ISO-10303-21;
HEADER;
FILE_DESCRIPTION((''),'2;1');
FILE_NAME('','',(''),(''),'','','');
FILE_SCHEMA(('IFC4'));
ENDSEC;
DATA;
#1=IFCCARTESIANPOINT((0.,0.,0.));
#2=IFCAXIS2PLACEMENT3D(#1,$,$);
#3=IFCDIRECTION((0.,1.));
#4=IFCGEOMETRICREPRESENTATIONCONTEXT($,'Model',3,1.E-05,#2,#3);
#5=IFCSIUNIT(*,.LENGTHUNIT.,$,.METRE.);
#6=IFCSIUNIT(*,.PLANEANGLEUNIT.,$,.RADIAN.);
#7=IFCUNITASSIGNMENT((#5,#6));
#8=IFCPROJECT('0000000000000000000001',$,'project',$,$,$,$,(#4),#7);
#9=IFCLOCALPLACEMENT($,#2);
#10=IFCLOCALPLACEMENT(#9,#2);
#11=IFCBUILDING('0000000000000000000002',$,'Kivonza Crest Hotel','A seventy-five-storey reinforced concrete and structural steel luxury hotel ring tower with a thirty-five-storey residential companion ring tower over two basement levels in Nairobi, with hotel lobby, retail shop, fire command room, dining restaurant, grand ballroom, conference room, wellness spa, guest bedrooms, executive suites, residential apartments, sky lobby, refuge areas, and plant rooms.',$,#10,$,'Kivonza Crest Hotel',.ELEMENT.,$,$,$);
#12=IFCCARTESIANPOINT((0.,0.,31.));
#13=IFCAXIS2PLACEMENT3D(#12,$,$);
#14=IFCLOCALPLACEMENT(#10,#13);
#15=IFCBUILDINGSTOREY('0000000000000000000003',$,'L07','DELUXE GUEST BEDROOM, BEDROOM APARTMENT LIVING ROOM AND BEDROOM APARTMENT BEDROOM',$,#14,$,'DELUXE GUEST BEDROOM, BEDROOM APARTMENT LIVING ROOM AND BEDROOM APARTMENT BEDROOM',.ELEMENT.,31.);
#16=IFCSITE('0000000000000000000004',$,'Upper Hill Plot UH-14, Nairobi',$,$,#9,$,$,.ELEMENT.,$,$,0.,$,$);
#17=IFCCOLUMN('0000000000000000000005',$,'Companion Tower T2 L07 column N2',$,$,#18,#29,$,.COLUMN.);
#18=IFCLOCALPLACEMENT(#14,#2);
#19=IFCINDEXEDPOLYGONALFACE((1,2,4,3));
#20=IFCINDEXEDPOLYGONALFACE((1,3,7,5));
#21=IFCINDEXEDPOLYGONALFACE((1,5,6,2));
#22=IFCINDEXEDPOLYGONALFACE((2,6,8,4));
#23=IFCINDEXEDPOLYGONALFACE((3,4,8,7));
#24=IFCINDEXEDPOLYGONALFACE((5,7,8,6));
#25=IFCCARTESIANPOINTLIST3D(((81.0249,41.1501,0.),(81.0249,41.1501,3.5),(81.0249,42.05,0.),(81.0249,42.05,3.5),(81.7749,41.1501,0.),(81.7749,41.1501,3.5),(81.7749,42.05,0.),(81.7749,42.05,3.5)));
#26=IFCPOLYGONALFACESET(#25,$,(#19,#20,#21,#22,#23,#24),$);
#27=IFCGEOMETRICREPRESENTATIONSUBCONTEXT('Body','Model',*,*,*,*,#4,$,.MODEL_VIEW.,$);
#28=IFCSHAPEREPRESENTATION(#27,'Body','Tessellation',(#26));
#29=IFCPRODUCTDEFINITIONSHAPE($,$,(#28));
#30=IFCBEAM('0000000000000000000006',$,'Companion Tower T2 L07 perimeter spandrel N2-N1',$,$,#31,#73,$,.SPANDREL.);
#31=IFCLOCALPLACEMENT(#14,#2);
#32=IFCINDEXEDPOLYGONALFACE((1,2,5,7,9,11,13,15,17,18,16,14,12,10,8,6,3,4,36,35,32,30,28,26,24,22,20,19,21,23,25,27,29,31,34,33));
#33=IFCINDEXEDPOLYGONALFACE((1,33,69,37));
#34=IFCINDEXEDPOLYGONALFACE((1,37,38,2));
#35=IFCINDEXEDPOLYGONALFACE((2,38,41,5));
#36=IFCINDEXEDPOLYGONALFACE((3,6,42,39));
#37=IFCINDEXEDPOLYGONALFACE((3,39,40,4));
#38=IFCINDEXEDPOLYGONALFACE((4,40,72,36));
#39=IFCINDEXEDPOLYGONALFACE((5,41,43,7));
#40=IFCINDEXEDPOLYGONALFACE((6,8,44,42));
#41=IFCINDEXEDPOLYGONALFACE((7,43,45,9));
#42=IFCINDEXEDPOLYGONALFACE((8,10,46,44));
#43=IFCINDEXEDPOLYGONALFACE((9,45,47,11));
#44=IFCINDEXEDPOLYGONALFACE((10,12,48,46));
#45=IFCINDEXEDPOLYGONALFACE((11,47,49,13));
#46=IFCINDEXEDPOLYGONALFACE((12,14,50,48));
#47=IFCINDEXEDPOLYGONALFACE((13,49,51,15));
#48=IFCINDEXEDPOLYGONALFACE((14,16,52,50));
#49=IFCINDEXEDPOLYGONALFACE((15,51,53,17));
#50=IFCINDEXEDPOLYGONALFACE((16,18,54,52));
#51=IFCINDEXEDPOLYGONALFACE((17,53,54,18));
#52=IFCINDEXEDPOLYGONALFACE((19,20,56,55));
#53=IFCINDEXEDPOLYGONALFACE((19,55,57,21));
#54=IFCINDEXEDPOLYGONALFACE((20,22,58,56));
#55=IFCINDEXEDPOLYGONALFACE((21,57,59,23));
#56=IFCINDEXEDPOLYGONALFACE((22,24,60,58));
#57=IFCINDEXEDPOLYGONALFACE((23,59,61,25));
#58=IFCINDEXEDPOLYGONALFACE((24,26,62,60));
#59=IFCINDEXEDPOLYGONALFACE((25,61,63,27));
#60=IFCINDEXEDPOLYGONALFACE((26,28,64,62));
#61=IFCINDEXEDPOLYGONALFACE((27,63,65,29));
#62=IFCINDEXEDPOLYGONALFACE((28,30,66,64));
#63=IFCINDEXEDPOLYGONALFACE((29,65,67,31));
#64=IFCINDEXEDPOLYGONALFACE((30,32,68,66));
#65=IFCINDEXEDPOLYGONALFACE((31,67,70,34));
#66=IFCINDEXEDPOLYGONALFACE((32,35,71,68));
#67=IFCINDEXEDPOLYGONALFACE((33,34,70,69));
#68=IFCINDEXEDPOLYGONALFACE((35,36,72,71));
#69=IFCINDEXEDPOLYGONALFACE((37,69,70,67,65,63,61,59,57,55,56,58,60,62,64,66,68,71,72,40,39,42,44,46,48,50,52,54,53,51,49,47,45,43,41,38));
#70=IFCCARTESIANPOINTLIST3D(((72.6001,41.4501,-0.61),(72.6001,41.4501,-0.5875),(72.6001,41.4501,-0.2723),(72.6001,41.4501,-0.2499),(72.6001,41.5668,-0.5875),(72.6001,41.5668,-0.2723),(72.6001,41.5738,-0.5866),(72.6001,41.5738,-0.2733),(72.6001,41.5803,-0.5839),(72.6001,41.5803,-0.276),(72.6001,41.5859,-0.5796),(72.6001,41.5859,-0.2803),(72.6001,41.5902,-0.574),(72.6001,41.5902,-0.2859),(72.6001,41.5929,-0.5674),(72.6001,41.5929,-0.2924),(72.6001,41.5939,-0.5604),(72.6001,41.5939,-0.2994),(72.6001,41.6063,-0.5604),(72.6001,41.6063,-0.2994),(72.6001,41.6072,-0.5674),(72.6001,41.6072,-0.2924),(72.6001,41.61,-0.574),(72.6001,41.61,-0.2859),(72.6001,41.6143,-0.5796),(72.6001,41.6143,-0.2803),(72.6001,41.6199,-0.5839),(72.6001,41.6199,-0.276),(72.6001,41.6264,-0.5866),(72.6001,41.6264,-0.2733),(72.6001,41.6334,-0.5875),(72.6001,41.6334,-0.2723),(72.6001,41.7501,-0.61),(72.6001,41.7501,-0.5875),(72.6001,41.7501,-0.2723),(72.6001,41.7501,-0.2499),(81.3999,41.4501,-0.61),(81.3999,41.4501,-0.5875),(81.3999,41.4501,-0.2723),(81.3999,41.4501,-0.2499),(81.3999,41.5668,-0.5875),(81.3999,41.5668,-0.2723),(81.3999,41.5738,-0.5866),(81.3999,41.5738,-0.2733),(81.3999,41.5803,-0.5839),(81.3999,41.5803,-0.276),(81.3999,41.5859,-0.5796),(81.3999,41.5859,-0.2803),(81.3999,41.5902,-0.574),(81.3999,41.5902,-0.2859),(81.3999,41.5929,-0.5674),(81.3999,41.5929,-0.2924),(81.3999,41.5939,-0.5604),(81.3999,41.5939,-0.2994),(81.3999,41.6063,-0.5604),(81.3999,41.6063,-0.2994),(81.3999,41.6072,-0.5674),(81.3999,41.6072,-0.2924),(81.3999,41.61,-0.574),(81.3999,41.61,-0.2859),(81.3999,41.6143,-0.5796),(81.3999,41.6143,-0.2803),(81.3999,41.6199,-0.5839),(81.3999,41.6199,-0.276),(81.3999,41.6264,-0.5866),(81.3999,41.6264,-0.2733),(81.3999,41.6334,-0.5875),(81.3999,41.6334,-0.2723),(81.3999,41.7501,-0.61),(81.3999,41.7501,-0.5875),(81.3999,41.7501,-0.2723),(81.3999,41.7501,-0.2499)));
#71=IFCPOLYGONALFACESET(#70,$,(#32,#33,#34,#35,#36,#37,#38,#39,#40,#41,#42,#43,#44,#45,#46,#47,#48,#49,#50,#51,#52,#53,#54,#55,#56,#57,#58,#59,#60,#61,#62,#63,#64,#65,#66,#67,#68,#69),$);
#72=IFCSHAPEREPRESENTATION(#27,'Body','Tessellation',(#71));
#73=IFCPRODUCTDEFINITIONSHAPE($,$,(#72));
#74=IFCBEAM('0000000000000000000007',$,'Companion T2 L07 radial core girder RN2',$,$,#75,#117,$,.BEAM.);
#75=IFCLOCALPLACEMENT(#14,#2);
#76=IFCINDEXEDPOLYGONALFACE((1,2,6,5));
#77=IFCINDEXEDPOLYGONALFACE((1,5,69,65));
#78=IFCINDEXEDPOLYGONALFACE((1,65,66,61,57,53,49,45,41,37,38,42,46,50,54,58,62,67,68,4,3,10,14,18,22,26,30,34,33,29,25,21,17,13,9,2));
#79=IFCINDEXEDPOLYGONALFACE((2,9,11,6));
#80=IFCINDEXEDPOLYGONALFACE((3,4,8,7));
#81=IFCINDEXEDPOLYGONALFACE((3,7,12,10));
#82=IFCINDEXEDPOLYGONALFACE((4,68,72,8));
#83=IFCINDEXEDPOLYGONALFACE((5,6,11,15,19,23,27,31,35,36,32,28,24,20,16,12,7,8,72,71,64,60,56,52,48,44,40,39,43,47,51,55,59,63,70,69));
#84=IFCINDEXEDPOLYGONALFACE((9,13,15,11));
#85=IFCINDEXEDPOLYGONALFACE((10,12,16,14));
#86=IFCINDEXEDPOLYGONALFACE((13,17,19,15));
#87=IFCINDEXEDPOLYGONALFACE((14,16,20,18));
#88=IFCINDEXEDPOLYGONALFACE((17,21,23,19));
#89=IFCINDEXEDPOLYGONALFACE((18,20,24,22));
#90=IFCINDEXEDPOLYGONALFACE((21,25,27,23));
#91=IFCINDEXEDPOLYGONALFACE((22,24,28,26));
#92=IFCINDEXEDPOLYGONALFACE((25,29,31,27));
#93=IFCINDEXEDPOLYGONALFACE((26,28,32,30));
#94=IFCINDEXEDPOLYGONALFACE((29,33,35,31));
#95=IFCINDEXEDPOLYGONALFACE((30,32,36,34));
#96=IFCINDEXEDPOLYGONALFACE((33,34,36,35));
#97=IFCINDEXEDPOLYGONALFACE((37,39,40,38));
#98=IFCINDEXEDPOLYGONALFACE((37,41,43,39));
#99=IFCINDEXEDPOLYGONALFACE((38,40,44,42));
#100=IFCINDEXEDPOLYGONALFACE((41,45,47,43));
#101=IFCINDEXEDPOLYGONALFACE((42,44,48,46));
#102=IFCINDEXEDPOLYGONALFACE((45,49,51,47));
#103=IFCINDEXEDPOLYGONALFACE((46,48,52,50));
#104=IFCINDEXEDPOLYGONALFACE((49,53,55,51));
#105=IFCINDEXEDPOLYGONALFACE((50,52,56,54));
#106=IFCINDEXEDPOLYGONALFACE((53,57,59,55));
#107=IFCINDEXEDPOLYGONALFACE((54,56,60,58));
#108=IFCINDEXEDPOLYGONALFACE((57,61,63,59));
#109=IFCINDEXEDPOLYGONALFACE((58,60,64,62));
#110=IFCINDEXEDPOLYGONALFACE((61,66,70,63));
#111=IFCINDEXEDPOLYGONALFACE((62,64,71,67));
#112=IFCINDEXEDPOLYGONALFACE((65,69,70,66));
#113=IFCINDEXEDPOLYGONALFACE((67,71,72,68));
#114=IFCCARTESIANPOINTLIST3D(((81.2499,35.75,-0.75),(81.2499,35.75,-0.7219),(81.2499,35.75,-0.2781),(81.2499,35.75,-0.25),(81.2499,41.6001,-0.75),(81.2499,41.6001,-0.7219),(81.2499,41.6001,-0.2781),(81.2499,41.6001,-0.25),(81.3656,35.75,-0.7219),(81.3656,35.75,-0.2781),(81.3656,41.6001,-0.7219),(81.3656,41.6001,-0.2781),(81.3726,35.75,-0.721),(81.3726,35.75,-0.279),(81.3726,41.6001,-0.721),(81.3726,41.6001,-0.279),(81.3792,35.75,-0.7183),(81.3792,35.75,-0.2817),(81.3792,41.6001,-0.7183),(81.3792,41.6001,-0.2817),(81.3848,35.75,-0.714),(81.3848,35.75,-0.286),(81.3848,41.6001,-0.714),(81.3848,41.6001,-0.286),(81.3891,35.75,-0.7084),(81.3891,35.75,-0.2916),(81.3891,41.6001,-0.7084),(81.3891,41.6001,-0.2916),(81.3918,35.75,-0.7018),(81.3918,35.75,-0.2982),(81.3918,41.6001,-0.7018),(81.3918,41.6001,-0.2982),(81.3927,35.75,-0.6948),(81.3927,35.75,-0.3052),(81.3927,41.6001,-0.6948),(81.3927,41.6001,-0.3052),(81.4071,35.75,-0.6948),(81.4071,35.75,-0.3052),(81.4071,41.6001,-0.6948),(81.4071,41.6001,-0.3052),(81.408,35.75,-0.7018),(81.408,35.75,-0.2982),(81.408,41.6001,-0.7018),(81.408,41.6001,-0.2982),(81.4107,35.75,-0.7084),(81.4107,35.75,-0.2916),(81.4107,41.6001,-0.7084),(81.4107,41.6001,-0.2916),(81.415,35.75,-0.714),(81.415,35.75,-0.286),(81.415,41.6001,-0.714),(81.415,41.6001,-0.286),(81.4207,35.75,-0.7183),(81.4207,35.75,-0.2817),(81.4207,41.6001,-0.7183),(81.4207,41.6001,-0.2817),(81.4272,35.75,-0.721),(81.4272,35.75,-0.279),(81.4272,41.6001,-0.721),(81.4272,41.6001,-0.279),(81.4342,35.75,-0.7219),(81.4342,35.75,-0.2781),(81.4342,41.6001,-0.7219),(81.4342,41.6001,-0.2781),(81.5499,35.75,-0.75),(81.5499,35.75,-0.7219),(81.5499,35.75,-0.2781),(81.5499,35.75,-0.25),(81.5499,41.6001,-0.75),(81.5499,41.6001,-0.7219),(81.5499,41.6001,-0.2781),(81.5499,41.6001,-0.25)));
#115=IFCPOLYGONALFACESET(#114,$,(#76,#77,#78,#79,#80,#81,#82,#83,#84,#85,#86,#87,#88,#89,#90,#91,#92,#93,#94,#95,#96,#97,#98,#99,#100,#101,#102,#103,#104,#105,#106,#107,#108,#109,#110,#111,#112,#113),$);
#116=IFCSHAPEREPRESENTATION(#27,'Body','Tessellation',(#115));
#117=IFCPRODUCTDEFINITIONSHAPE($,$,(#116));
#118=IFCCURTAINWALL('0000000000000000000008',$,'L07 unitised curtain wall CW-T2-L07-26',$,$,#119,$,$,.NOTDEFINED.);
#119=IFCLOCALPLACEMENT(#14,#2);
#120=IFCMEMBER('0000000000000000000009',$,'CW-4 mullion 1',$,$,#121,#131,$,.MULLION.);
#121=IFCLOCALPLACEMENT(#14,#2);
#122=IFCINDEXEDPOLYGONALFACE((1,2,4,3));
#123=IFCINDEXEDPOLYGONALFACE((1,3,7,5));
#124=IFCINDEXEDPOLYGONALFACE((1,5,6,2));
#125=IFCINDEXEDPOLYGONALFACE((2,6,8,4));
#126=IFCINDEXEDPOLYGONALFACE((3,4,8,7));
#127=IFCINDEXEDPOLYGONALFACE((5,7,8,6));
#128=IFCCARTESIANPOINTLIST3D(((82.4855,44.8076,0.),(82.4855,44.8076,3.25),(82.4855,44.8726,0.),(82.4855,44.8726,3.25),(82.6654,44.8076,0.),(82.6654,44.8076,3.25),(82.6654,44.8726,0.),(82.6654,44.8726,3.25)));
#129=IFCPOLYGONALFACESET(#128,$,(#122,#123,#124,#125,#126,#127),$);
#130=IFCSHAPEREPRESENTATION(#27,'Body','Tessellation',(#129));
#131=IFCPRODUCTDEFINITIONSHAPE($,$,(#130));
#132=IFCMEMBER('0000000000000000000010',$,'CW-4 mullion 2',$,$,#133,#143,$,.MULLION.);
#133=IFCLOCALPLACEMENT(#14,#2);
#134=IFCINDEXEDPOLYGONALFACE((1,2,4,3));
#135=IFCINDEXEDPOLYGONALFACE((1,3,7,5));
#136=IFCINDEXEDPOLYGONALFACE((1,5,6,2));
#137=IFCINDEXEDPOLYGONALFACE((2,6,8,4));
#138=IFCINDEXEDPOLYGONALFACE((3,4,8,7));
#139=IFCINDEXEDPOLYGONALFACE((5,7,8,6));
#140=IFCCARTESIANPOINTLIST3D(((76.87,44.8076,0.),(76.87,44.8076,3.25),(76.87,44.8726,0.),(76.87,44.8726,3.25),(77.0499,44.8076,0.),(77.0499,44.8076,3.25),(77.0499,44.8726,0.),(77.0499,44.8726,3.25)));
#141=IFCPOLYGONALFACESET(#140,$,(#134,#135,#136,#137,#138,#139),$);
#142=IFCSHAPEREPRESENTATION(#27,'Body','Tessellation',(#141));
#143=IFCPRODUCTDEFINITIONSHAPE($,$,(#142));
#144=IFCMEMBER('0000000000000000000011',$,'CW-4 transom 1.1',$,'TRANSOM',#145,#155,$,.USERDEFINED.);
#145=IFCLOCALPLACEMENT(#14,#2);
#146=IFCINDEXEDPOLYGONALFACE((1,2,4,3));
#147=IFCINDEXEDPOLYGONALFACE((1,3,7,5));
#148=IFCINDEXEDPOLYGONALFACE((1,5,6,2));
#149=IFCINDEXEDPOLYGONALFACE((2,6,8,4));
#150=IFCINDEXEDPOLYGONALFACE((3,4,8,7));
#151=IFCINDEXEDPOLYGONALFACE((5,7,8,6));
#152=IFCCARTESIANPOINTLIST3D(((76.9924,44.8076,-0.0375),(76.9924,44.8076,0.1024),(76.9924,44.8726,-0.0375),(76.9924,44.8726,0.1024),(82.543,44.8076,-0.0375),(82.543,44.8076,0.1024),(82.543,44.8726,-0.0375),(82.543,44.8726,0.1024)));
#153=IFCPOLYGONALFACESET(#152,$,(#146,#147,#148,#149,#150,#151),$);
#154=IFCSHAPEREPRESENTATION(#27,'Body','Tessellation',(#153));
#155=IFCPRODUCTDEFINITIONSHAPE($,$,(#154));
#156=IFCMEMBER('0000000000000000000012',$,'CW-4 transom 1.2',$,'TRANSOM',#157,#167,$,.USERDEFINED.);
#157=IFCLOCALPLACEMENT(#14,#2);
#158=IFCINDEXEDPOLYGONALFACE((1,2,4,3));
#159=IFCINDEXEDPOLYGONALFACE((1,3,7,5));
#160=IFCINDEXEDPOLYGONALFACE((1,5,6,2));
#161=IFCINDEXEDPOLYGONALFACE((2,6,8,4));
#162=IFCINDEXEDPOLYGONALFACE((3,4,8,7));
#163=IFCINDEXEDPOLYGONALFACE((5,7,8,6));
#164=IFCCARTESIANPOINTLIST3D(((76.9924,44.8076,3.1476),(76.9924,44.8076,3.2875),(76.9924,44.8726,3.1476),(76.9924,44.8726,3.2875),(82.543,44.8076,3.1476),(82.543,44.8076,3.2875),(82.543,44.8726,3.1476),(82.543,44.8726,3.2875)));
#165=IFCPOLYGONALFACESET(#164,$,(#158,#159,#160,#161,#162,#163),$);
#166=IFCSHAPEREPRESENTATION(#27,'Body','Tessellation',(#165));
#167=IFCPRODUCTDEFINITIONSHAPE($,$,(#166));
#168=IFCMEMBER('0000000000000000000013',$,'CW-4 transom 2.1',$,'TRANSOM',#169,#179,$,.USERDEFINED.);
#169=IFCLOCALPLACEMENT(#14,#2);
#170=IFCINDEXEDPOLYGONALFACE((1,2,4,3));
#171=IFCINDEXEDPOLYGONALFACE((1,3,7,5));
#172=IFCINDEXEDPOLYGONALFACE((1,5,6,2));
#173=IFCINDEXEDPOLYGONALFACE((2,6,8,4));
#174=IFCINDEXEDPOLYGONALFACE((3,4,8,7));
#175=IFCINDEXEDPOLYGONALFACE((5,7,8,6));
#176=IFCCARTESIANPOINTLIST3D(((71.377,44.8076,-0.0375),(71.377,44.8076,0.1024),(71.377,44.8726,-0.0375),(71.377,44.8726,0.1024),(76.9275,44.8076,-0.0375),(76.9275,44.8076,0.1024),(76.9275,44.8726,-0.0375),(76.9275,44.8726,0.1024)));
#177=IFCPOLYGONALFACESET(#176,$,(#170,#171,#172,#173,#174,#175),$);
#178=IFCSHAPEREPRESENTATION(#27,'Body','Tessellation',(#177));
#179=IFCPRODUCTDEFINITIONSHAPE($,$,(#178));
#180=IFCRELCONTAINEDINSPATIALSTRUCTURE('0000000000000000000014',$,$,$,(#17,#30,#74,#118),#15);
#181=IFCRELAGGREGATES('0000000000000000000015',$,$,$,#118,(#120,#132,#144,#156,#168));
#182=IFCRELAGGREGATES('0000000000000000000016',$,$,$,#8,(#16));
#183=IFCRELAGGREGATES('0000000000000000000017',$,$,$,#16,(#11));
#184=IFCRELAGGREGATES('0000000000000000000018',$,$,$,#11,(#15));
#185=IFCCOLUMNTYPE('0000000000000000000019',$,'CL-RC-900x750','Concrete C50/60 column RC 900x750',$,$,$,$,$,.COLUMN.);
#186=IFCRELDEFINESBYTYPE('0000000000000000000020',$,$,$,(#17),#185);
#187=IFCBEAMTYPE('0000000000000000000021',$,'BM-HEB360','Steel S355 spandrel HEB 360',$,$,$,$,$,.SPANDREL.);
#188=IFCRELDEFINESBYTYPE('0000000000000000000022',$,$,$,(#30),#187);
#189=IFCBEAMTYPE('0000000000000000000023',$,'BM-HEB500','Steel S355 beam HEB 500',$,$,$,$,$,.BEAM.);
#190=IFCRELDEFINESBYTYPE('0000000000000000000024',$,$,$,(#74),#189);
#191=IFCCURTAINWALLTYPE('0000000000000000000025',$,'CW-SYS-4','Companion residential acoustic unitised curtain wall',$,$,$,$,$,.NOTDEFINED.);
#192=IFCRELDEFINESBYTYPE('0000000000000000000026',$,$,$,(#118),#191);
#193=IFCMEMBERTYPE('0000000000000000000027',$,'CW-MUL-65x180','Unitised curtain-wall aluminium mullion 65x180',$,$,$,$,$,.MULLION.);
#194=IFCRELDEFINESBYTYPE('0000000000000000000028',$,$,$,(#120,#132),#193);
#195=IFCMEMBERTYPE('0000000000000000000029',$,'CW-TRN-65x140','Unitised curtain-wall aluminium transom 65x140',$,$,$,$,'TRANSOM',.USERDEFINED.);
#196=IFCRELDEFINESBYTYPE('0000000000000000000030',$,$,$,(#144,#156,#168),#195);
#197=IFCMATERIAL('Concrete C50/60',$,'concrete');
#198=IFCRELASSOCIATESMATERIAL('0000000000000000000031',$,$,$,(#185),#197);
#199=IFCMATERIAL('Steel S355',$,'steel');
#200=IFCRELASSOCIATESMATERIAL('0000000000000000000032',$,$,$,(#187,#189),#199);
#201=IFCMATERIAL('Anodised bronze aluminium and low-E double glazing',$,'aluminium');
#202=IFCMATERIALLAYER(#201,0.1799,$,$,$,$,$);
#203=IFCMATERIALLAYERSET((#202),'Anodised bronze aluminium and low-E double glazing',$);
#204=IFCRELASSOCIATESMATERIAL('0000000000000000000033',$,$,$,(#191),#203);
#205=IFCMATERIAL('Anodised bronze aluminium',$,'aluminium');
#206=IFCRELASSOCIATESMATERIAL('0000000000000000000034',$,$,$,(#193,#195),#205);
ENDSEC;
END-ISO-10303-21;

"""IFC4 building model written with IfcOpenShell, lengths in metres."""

from ifc_helpers import new_model, si_unit, direction, frame, origin, origin_2d, place, context, subcontext, project, spatial, rectangle, i_section, extrude, material, layer, layer_set, material_profile, profile_set, type_object, element, aggregate, save


model = new_model("IFC4")

# Units and contexts
model_context = context("Model", 3, precision=1e-05, world=origin(), true_north=direction((0.0, 1.0)))
body_context = subcontext(model_context, "Body", "Model", "MODEL_VIEW")
ifc_project = project(units=[si_unit("LENGTHUNIT", "METRE"), si_unit("PLANEANGLEUNIT", "RADIAN")], contexts=[model_context])

# Site, building, storey
site_placement = place(None, origin())
site = spatial("IfcSite", under=ifc_project, at=site_placement, Name="Upper Hill Plot UH-14, Nairobi", CompositionType="ELEMENT", RefElevation=0.0)
building_placement = place(site_placement, origin())
building = spatial("IfcBuilding", under=site, at=building_placement, Name="Kivonza Crest Hotel", Description="A seventy-five-storey reinforced concrete and structural steel luxury hotel ring tower with a thirty-five-storey residential companion ring tower over two basement levels in Nairobi, with hotel lobby, retail shop, fire command room, dining restaurant, grand ballroom, conference room, wellness spa, guest bedrooms, executive suites, residential apartments, sky lobby, refuge areas, and plant rooms.", LongName="Kivonza Crest Hotel", CompositionType="ELEMENT")
storey_placement = place(building_placement, frame((0.0, 0.0, 31.0)))
storey = spatial("IfcBuildingStorey", under=building, at=storey_placement, Name="L07", Description="DELUXE GUEST BEDROOM, BEDROOM APARTMENT LIVING ROOM AND BEDROOM APARTMENT BEDROOM", LongName="DELUXE GUEST BEDROOM, BEDROOM APARTMENT LIVING ROOM AND BEDROOM APARTMENT BEDROOM", CompositionType="ELEMENT", Elevation=31.0)

# Column
ifc_material_1 = material(Name="Concrete C50/60", Category="concrete")
ifc_material_profile_1 = material_profile(ifc_material_1, rectangle(XDim=0.75, YDim=0.8999, at=origin_2d()), Name="RC 900x750")
ifc_profile_set_1 = profile_set([ifc_material_profile_1], Name="Concrete C50/60")
column_type = type_object("IfcColumnType", Name="CL-RC-900x750", Description="Concrete C50/60 column RC 900x750", PredefinedType="COLUMN", material=ifc_profile_set_1)
column_placement = place(storey_placement, frame((81.3999, 41.6001, 0.0), z_axis=(0.0, 0.0, 1.0), x_axis=(1.0, 0.0, 0.0)))
element("IfcColumn", 1, at=column_placement, inside=storey, type_object=column_type, Name="Companion Tower T2 L07 column N2", PredefinedType="COLUMN", context=body_context, shape_type="SweptSolid", body=[
    extrude(rectangle(XDim=0.75, YDim=0.8999, at=origin_2d()), origin(), (0.0, 0.0, 1.0), 3.5),
])

# Beams
ifc_material_2 = material(Name="Steel S355", Category="steel")
ifc_material_profile_2 = material_profile(ifc_material_2, i_section(OverallWidth=0.3, OverallDepth=0.3601, WebThickness=0.0125, FlangeThickness=0.0225, FilletRadius=0.0271, at=origin_2d()), Name="HEB 360")
ifc_profile_set_2 = profile_set([ifc_material_profile_2], Name="Steel S355")
beam_type_1 = type_object("IfcBeamType", Name="BM-HEB360", Description="Steel S355 spandrel HEB 360", PredefinedType="SPANDREL", material=ifc_profile_set_2)
beam_1_placement = place(storey_placement, frame((81.3999, 41.6001, -0.4299), z_axis=(-1.0, 0.0, 0.0), x_axis=(0.0, -1.0, 0.0)))
element("IfcBeam", 2, at=beam_1_placement, inside=storey, type_object=beam_type_1, Name="Companion Tower T2 L07 perimeter spandrel N2-N1", PredefinedType="SPANDREL", context=body_context, shape_type="SweptSolid", body=[
    extrude(i_section(OverallWidth=0.3, OverallDepth=0.3601, WebThickness=0.0125, FlangeThickness=0.0225, FilletRadius=0.0271, at=origin_2d()), origin(), (0.0, 0.0, 1.0), 8.7998),
])
ifc_material_profile_3 = material_profile(ifc_material_2, i_section(OverallWidth=0.3, OverallDepth=0.5, WebThickness=0.0144, FlangeThickness=0.0281, FilletRadius=0.0271, at=origin_2d()), Name="HEB 500")
ifc_profile_set_3 = profile_set([ifc_material_profile_3], Name="Steel S355")
beam_type_2 = type_object("IfcBeamType", Name="BM-HEB500", Description="Steel S355 beam HEB 500", PredefinedType="BEAM", material=ifc_profile_set_3)
beam_2_placement = place(storey_placement, frame((81.3999, 41.6001, -0.5), z_axis=(0.0, -1.0, 0.0), x_axis=(1.0, 0.0, 0.0)))
element("IfcBeam", 3, at=beam_2_placement, inside=storey, type_object=beam_type_2, Name="Companion T2 L07 radial core girder RN2", PredefinedType="BEAM", context=body_context, shape_type="SweptSolid", body=[
    extrude(i_section(OverallWidth=0.3, OverallDepth=0.5, WebThickness=0.0144, FlangeThickness=0.0281, FilletRadius=0.0271, at=origin_2d()), origin(), (0.0, 0.0, 1.0), 5.8501),
])

# Curtain wall, members
ifc_material_3 = material(Name="Anodised bronze aluminium and low-E double glazing", Category="aluminium")
ifc_layer_1 = layer(ifc_material_3, 0.1799)
ifc_layer_set_1 = layer_set([ifc_layer_1], Name="Anodised bronze aluminium and low-E double glazing")
curtain_wall_type = type_object("IfcCurtainWallType", Name="CW-SYS-4", Description="Companion residential acoustic unitised curtain wall", PredefinedType="NOTDEFINED", material=ifc_layer_set_1)
curtain_wall_placement = place(storey_placement, origin())
curtain_wall = element("IfcCurtainWall", 4, at=curtain_wall_placement, inside=storey, type_object=curtain_wall_type, Name="L07 unitised curtain wall CW-T2-L07-26", PredefinedType="NOTDEFINED")
ifc_material_4 = material(Name="Anodised bronze aluminium", Category="aluminium")
ifc_material_profile_4 = material_profile(ifc_material_4, rectangle(XDim=0.0649, YDim=0.1799, at=origin_2d()), Name="CW-M 65x180")
ifc_profile_set_4 = profile_set([ifc_material_profile_4], Name="Anodised bronze aluminium")
member_type_1 = type_object("IfcMemberType", Name="CW-MUL-65x180", Description="Unitised curtain-wall aluminium mullion 65x180", PredefinedType="MULLION", material=ifc_profile_set_4)
member_1_placement = place(storey_placement, frame((82.5754, 44.8401, 0.0), z_axis=(0.0, 0.0, 1.0), x_axis=(0.0, -1.0, 0.0)))
member_1 = element("IfcMember", 5, at=member_1_placement, type_object=member_type_1, Name="CW-4 mullion 1", PredefinedType="MULLION", context=body_context, shape_type="SweptSolid", body=[
    extrude(rectangle(XDim=0.0649, YDim=0.1799, at=origin_2d()), origin(), (0.0, 0.0, 1.0), 3.25),
])
member_2_placement = place(storey_placement, frame((76.96, 44.8401, 0.0), z_axis=(0.0, 0.0, 1.0), x_axis=(0.0, -1.0, 0.0)))
member_2 = element("IfcMember", 6, at=member_2_placement, type_object=member_type_1, Name="CW-4 mullion 2", PredefinedType="MULLION", context=body_context, shape_type="SweptSolid", body=[
    extrude(rectangle(XDim=0.0649, YDim=0.1799, at=origin_2d()), origin(), (0.0, 0.0, 1.0), 3.25),
])
ifc_material_profile_5 = material_profile(ifc_material_4, rectangle(XDim=0.0649, YDim=0.1399, at=origin_2d()), Name="CW-T 65x140")
ifc_profile_set_5 = profile_set([ifc_material_profile_5], Name="Anodised bronze aluminium")
member_type_2 = type_object("IfcMemberType", Name="CW-TRN-65x140", Description="Unitised curtain-wall aluminium transom 65x140", ElementType="TRANSOM", PredefinedType="USERDEFINED", material=ifc_profile_set_5)
member_3_placement = place(storey_placement, frame((82.543, 44.8401, 0.0325), z_axis=(-1.0, 0.0, 0.0), x_axis=(0.0, -1.0, 0.0)))
member_3 = element("IfcMember", 7, at=member_3_placement, type_object=member_type_2, Name="CW-4 transom 1.1", ObjectType="TRANSOM", PredefinedType="USERDEFINED", context=body_context, shape_type="SweptSolid", body=[
    extrude(rectangle(XDim=0.0649, YDim=0.1399, at=origin_2d()), origin(), (0.0, 0.0, 1.0), 5.5505),
])
member_4_placement = place(storey_placement, frame((82.543, 44.8401, 3.2175), z_axis=(-1.0, 0.0, 0.0), x_axis=(0.0, -1.0, 0.0)))
member_4 = element("IfcMember", 8, at=member_4_placement, type_object=member_type_2, Name="CW-4 transom 1.2", ObjectType="TRANSOM", PredefinedType="USERDEFINED", context=body_context, shape_type="SweptSolid", body=[
    extrude(rectangle(XDim=0.0649, YDim=0.1399, at=origin_2d()), origin(), (0.0, 0.0, 1.0), 5.5505),
])
member_5_placement = place(storey_placement, frame((76.9275, 44.8401, 0.0325), z_axis=(-1.0, 0.0, 0.0), x_axis=(0.0, -1.0, 0.0)))
member_5 = element("IfcMember", 9, at=member_5_placement, type_object=member_type_2, Name="CW-4 transom 2.1", ObjectType="TRANSOM", PredefinedType="USERDEFINED", context=body_context, shape_type="SweptSolid", body=[
    extrude(rectangle(XDim=0.0649, YDim=0.1399, at=origin_2d()), origin(), (0.0, 0.0, 1.0), 5.5505),
])
aggregate(curtain_wall, [member_1, member_2, member_3, member_4, member_5])

save(model, "model.ifc")
